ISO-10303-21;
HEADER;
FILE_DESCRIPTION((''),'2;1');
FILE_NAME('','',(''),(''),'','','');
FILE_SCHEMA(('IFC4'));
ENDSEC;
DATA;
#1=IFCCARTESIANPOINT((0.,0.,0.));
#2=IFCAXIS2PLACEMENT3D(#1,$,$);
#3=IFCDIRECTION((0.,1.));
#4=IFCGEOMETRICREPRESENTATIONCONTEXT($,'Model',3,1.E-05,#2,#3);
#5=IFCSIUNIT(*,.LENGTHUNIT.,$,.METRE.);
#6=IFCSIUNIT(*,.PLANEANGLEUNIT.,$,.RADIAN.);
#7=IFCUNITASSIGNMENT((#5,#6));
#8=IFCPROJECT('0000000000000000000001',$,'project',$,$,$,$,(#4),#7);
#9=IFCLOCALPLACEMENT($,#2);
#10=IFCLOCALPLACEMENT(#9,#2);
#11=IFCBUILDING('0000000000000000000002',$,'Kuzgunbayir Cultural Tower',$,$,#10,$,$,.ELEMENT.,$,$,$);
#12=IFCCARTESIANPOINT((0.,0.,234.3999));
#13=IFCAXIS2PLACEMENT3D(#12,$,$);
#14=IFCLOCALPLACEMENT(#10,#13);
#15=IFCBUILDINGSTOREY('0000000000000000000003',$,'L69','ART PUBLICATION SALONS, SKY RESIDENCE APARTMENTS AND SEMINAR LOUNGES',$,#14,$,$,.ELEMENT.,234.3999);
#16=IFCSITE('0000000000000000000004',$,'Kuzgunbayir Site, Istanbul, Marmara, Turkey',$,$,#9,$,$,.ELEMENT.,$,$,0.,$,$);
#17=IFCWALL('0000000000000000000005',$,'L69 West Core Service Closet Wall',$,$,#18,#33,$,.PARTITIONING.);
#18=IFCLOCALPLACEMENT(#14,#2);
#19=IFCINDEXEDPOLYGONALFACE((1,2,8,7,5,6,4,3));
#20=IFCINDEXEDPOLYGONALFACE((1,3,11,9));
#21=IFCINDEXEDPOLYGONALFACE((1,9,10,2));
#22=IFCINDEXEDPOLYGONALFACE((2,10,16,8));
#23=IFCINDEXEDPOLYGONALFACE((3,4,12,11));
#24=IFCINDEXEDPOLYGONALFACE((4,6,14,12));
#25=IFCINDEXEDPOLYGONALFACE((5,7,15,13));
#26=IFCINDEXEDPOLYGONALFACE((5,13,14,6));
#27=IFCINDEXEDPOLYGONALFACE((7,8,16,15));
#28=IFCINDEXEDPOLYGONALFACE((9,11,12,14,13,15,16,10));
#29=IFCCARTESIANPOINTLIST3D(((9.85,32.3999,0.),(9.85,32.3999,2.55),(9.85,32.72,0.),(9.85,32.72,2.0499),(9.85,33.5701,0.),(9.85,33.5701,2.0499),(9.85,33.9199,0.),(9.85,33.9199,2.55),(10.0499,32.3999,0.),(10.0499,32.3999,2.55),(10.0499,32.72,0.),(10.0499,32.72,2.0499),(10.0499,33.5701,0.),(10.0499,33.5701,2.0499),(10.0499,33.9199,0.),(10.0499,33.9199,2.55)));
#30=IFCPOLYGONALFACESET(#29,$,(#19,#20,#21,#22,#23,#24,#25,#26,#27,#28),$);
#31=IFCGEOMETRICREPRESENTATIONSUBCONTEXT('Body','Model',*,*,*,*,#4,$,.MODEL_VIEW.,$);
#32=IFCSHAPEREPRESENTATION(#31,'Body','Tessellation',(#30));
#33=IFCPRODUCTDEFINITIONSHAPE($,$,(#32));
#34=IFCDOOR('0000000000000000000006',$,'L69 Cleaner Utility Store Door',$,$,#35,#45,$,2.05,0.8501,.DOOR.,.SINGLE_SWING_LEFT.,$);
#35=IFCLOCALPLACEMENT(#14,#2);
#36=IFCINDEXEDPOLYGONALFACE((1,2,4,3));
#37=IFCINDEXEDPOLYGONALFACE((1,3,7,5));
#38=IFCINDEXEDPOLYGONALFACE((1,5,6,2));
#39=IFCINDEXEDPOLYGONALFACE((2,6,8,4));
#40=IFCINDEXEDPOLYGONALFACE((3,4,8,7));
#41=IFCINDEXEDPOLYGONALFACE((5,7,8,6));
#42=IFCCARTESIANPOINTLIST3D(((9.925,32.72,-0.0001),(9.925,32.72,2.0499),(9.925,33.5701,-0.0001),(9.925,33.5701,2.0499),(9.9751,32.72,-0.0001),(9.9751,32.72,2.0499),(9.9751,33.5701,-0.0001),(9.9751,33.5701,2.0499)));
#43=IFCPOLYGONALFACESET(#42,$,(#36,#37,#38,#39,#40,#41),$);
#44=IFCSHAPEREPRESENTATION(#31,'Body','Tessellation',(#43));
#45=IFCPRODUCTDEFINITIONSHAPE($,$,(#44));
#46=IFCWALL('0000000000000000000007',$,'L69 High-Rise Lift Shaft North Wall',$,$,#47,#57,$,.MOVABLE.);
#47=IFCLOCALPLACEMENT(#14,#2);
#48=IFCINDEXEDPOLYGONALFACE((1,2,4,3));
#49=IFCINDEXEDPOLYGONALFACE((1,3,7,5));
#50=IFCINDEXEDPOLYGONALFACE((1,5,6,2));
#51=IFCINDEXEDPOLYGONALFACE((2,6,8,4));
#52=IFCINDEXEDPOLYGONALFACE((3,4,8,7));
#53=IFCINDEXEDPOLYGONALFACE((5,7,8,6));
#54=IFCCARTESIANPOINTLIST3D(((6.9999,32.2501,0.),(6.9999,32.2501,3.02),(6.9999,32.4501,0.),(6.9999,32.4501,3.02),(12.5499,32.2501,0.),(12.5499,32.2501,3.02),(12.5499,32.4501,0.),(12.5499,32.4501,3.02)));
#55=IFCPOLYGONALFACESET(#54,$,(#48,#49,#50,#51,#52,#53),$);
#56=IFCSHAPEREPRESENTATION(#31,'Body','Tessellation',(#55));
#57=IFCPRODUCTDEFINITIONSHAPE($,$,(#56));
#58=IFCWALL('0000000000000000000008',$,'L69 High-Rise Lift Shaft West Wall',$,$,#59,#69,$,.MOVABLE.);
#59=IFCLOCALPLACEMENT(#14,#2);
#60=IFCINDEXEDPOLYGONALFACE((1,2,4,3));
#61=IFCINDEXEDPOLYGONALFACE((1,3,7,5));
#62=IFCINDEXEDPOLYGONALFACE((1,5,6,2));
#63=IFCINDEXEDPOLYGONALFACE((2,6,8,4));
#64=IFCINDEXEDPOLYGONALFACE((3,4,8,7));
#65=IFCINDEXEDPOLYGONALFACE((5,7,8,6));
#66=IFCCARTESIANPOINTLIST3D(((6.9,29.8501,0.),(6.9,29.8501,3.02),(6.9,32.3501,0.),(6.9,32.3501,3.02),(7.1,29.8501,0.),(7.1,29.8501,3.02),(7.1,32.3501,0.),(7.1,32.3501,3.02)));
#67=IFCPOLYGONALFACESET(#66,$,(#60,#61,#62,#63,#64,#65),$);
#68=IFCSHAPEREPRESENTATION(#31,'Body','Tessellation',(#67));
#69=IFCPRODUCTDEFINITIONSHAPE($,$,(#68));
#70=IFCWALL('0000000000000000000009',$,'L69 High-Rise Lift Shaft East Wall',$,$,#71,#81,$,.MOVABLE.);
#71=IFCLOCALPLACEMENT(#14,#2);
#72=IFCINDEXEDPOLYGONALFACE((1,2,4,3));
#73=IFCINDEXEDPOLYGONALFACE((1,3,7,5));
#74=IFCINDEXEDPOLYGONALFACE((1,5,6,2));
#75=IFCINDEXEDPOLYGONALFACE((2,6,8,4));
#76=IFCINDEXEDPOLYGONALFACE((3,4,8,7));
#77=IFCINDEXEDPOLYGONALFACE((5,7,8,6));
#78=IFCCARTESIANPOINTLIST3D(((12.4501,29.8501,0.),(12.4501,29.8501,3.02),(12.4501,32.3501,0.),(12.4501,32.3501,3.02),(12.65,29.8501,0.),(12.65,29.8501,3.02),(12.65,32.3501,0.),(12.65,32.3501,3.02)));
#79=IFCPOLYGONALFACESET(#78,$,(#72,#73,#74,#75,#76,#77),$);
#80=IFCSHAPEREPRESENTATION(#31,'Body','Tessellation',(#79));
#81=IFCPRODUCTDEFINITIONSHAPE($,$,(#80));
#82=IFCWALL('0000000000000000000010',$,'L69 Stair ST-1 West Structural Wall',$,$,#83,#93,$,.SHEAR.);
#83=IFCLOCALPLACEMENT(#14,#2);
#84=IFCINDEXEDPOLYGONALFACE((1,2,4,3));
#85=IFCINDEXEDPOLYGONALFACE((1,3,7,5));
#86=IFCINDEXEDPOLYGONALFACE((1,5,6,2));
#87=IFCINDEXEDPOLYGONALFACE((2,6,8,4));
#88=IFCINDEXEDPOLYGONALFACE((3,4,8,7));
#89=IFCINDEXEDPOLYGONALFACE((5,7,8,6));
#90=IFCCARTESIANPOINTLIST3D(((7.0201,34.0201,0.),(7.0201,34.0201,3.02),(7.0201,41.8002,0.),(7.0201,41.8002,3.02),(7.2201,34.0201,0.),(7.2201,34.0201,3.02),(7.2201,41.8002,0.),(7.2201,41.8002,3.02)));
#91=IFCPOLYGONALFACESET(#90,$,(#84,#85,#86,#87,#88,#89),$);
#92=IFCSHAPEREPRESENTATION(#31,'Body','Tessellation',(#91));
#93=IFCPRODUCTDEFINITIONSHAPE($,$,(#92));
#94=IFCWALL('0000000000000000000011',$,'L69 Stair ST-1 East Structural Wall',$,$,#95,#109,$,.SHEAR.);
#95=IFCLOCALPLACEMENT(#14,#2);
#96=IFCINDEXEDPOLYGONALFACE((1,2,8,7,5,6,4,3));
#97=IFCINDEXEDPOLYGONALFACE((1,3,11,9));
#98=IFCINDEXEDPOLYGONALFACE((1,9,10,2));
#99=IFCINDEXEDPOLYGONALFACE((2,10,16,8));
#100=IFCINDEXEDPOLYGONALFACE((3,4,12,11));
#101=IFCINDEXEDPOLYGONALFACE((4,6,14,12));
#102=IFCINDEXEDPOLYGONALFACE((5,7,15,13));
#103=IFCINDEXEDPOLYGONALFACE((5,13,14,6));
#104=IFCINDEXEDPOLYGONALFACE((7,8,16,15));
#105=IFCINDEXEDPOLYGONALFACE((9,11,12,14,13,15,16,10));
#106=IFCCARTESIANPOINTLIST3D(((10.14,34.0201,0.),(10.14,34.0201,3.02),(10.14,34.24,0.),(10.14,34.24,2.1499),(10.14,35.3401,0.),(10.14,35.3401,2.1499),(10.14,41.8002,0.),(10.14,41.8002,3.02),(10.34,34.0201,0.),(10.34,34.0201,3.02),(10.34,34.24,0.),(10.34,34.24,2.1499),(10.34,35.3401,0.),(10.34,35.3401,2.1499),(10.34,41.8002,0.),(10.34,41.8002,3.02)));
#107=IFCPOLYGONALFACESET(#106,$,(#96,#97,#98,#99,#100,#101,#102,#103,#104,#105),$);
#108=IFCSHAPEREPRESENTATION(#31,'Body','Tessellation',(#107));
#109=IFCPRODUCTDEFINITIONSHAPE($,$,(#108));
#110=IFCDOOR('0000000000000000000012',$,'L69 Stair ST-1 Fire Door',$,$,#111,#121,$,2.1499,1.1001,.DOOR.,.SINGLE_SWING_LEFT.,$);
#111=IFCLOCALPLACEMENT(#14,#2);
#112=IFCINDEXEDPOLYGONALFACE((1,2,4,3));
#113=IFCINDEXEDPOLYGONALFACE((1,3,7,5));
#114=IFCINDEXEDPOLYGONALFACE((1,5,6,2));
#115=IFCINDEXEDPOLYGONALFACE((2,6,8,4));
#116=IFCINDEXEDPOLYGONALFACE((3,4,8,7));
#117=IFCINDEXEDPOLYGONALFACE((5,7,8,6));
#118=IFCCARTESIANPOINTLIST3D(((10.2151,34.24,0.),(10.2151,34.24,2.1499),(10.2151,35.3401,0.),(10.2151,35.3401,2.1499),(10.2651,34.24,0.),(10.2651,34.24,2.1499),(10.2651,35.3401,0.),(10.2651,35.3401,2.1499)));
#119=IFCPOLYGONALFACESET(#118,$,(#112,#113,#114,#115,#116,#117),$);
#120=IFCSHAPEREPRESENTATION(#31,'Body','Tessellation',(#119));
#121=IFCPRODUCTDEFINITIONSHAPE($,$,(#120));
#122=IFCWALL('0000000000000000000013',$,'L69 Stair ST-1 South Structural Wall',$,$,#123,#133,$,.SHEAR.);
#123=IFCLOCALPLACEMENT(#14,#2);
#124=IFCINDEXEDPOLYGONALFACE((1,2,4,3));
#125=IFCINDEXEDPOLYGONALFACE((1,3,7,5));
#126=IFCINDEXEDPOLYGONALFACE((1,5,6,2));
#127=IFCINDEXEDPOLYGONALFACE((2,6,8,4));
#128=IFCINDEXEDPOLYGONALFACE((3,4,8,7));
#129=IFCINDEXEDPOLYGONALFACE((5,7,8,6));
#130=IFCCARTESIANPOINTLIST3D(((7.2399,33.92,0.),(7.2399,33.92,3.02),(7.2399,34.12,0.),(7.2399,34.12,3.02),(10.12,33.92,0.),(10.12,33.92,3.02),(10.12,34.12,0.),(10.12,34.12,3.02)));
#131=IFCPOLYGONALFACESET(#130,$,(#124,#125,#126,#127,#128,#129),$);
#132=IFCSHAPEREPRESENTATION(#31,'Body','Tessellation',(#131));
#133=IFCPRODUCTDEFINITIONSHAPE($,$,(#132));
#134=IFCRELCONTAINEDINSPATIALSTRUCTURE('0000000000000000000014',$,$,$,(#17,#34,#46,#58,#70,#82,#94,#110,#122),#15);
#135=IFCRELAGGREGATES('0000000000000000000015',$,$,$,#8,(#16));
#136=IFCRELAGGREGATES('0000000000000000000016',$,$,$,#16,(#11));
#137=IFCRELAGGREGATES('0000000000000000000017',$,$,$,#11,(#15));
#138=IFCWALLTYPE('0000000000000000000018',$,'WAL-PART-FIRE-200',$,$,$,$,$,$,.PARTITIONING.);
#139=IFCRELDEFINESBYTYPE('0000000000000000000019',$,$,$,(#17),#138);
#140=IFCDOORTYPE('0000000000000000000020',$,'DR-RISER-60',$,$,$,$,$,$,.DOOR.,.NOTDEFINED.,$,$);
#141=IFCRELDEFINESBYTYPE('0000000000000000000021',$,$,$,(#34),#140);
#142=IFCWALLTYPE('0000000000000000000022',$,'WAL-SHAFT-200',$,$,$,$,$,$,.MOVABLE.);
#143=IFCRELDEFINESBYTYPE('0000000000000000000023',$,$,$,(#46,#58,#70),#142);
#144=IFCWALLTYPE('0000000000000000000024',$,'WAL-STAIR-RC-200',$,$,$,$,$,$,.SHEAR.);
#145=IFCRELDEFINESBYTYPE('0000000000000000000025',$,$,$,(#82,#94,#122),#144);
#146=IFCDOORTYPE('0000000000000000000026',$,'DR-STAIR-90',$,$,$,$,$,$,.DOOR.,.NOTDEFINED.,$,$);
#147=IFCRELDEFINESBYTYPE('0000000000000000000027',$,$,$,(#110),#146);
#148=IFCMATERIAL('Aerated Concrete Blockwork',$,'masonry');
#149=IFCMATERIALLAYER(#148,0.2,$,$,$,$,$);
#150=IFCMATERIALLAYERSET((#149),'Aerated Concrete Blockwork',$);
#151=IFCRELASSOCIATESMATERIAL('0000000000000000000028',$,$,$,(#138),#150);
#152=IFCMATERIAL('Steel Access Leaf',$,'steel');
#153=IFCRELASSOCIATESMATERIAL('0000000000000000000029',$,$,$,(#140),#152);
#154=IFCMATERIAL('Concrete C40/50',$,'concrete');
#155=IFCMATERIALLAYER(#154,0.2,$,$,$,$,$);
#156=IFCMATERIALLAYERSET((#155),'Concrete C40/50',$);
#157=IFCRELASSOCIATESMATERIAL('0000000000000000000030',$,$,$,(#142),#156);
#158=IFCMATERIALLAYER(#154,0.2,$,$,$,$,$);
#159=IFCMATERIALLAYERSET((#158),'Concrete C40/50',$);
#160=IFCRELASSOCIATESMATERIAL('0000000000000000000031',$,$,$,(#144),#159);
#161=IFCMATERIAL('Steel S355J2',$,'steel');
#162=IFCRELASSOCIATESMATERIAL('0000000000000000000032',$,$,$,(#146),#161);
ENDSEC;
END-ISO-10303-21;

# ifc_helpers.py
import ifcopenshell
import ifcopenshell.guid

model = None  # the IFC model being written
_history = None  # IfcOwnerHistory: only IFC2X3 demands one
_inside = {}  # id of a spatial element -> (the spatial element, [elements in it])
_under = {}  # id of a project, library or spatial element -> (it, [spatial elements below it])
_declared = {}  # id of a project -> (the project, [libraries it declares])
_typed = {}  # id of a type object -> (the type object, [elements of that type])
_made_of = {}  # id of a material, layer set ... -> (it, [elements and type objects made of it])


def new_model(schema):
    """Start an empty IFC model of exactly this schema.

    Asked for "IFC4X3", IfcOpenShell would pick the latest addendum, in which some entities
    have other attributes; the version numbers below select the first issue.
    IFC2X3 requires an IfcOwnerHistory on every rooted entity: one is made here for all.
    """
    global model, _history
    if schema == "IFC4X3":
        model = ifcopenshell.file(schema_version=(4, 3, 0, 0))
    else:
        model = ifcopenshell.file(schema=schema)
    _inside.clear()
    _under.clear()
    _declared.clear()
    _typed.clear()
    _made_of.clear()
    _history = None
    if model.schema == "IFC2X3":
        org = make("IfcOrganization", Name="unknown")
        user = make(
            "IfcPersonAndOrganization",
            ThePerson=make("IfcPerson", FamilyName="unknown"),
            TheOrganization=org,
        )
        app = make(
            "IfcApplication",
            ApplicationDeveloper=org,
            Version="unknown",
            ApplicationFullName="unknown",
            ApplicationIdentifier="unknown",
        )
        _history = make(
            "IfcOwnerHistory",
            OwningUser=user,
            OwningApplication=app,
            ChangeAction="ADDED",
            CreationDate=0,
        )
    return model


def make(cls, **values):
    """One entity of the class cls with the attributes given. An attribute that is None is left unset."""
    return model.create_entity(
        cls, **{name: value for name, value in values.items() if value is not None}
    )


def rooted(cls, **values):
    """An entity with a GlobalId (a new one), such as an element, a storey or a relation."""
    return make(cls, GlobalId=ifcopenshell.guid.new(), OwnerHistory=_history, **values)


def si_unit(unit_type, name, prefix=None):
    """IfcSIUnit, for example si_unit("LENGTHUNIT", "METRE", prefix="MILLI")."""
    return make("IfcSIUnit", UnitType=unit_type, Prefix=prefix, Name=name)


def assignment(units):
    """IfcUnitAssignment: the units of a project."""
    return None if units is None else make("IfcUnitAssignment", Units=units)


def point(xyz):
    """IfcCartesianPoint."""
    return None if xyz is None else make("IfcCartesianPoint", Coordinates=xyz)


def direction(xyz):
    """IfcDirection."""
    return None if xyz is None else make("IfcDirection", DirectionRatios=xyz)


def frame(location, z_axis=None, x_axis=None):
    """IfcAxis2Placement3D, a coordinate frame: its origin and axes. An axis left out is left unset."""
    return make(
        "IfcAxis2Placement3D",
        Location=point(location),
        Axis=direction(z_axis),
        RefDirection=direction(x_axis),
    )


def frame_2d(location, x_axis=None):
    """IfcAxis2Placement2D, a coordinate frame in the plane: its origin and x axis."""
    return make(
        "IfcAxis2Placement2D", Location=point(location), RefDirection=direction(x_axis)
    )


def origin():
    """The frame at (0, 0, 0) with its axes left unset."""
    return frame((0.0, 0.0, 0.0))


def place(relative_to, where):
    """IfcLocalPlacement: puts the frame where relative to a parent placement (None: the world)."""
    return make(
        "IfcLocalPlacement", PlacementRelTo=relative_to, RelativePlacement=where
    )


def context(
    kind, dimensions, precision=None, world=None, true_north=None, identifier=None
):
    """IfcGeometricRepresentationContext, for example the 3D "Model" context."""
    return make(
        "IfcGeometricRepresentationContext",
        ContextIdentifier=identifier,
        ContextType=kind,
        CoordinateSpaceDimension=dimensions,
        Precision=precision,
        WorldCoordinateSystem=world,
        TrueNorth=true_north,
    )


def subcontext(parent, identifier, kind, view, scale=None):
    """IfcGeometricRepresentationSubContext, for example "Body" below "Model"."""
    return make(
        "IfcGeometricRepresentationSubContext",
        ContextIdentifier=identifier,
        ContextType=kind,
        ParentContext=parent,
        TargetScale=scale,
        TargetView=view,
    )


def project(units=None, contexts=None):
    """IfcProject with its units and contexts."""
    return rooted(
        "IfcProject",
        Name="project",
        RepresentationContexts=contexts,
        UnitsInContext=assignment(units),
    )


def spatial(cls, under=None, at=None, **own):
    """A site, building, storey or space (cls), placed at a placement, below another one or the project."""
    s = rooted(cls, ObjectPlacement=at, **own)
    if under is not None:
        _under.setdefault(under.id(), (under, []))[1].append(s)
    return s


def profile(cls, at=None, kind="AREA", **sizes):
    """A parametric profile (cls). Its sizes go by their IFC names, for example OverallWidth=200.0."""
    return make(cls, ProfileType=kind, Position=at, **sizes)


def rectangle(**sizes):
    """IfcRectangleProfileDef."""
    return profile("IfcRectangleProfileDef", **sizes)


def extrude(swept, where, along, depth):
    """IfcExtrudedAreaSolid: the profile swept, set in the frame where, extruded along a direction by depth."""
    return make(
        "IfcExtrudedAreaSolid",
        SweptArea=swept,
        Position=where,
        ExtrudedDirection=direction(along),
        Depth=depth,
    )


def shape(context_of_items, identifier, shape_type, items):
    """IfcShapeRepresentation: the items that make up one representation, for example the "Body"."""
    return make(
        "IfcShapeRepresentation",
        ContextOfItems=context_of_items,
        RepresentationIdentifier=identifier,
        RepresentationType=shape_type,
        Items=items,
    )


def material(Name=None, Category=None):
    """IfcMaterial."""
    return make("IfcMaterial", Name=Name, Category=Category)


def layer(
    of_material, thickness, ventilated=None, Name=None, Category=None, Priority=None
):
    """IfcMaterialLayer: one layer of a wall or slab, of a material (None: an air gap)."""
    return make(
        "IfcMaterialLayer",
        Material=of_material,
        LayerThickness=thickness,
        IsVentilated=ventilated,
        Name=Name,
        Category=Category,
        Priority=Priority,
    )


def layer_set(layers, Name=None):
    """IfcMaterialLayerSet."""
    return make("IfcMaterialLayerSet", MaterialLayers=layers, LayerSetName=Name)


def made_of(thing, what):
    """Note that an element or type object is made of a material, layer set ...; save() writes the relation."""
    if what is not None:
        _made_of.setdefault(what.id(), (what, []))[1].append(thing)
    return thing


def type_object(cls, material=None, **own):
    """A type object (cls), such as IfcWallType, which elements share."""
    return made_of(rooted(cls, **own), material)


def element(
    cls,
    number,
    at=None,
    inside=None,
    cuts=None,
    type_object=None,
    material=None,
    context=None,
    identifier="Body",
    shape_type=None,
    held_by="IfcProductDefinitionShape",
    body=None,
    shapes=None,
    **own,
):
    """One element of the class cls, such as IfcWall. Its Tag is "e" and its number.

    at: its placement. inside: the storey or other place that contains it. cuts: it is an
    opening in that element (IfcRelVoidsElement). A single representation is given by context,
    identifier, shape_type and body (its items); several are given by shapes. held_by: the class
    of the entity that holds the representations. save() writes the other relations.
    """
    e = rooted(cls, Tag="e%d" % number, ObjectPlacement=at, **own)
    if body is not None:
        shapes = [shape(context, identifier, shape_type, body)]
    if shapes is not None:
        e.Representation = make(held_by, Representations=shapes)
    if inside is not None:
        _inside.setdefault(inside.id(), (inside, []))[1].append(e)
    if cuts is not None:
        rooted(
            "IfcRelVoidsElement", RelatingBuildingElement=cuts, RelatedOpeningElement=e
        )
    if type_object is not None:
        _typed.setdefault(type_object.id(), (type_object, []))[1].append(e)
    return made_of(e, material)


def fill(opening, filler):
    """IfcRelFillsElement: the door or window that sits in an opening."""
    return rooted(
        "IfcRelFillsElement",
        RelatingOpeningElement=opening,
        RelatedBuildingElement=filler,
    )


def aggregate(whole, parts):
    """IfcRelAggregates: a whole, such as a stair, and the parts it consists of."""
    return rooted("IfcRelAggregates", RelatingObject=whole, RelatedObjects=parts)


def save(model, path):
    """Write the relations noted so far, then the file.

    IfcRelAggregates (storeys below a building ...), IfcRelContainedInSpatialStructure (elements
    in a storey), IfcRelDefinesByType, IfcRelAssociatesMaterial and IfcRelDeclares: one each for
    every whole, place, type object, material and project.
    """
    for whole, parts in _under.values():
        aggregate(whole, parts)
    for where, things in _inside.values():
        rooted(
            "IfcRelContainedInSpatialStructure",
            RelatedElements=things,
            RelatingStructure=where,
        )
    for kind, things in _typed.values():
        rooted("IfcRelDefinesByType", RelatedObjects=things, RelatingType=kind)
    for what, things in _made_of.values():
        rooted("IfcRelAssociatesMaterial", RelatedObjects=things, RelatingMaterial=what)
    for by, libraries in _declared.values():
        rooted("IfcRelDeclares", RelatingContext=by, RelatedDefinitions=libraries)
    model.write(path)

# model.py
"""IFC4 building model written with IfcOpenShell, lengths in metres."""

from ifc_helpers import new_model, si_unit, direction, frame, frame_2d, origin, place, context, subcontext, project, spatial, rectangle, extrude, material, layer, layer_set, type_object, element, fill, save


model = new_model("IFC4")

# Units and contexts
model_context = context("Model", 3, precision=1e-05, world=origin(), true_north=direction((0.0, 1.0)))
body_context = subcontext(model_context, "Body", "Model", "MODEL_VIEW")
ifc_project = project(units=[si_unit("LENGTHUNIT", "METRE"), si_unit("PLANEANGLEUNIT", "RADIAN")], contexts=[model_context])

# Site, building, storey
site_placement = place(None, origin())
site = spatial("IfcSite", under=ifc_project, at=site_placement, Name="Kuzgunbayir Site, Istanbul, Marmara, Turkey", CompositionType="ELEMENT", RefElevation=0.0)
building_placement = place(site_placement, origin())
building = spatial("IfcBuilding", under=site, at=building_placement, Name="Kuzgunbayir Cultural Tower", CompositionType="ELEMENT")
storey_placement = place(building_placement, frame((0.0, 0.0, 234.3999)))
storey = spatial("IfcBuildingStorey", under=building, at=storey_placement, Name="L69", Description="ART PUBLICATION SALONS, SKY RESIDENCE APARTMENTS AND SEMINAR LOUNGES", CompositionType="ELEMENT", Elevation=234.3999)

# Shared definitions
ifc_material_1 = material(Name="Steel S355J2", Category="steel")

# Shared definitions
ifc_material_2 = material(Name="Aerated Concrete Blockwork", Category="masonry")
ifc_layer_1 = layer(ifc_material_2, 0.2)
ifc_layer_set_1 = layer_set([ifc_layer_1], Name="Aerated Concrete Blockwork")
wall_type_1 = type_object("IfcWallType", Name="WAL-PART-FIRE-200", PredefinedType="PARTITIONING", material=ifc_layer_set_1)

# Wall, opening, door
wall_1_placement = place(storey_placement, frame((9.95, 32.3999, 0.0), z_axis=(0.0, 0.0, 1.0), x_axis=(0.0, 1.0, 0.0)))
wall_1 = element("IfcWall", 1, at=wall_1_placement, inside=storey, type_object=wall_type_1, Name="L69 West Core Service Closet Wall", PredefinedType="PARTITIONING", context=body_context, shape_type="SweptSolid", body=[
    extrude(rectangle(XDim=1.52, YDim=0.2, at=frame_2d((0.76, 0.0))), origin(), (0.0, 0.0, 1.0), 2.55),
])
opening_1_placement = place(wall_1_placement, frame((0.3201, 0.0, 0.0)))
opening_1 = element("IfcOpeningElement", 2, at=opening_1_placement, cuts=wall_1, PredefinedType="OPENING", context=body_context, shape_type="SweptSolid", body=[
    extrude(rectangle(XDim=0.8501, YDim=2.05, at=frame_2d((0.425, 1.0249))), frame((0.0, 0.1099, 0.0), z_axis=(0.0, -1.0, 0.0), x_axis=(1.0, 0.0, 0.0)), (0.0, 0.0, 1.0), 0.22),
])
ifc_material_3 = material(Name="Steel Access Leaf", Category="steel")
door_type_1 = type_object("IfcDoorType", Name="DR-RISER-60", OperationType="NOTDEFINED", PredefinedType="DOOR", material=ifc_material_3)
door_1_placement = place(opening_1_placement, origin())
door_1 = element("IfcDoor", 3, at=door_1_placement, inside=storey, type_object=door_type_1, Name="L69 Cleaner Utility Store Door", OperationType="SINGLE_SWING_LEFT", OverallHeight=2.05, OverallWidth=0.8501, PredefinedType="DOOR", context=body_context, shape_type="SweptSolid", body=[
    extrude(rectangle(XDim=0.8501, YDim=2.05, at=frame_2d((0.425, 1.0249))), frame((0.0, 0.0249, 0.0), z_axis=(0.0, -1.0, 0.0), x_axis=(1.0, 0.0, 0.0)), (0.0, 0.0, 1.0), 0.05),
])
fill(opening_1, door_1)

# Shared definitions
ifc_material_4 = material(Name="Concrete C40/50", Category="concrete")
ifc_layer_2 = layer(ifc_material_4, 0.2)
ifc_layer_set_2 = layer_set([ifc_layer_2], Name="Concrete C40/50")
wall_type_2 = type_object("IfcWallType", Name="WAL-SHAFT-200", PredefinedType="MOVABLE", material=ifc_layer_set_2)

# Walls
wall_2_placement = place(storey_placement, frame((7.0, 32.3501, 0.0), z_axis=(0.0, 0.0, 1.0), x_axis=(1.0, 0.0, 0.0)))
element("IfcWall", 4, at=wall_2_placement, inside=storey, type_object=wall_type_2, Name="L69 High-Rise Lift Shaft North Wall", PredefinedType="MOVABLE", context=body_context, shape_type="SweptSolid", body=[
    extrude(rectangle(XDim=5.55, YDim=0.2, at=frame_2d((2.7749, 0.0))), origin(), (0.0, 0.0, 1.0), 3.02),
])
for number, where, z_axis, x_axis, name in (
    (5, (7.0, 29.8501, 0.0), (0.0, 0.0, 1.0), (0.0, 1.0, 0.0), "L69 High-Rise Lift Shaft West Wall"),
    (6, (12.55, 29.8501, 0.0), (0.0, 0.0, 1.0), (0.0, 1.0, 0.0), "L69 High-Rise Lift Shaft East Wall"),
):
    element("IfcWall", number, at=place(storey_placement, frame(where, z_axis=z_axis, x_axis=x_axis)), inside=storey, type_object=wall_type_2, Name=name, PredefinedType="MOVABLE", context=body_context, shape_type="SweptSolid", body=[
        extrude(rectangle(XDim=2.5, YDim=0.2, at=frame_2d((1.25, 0.0))), origin(), (0.0, 0.0, 1.0), 3.02),
    ])
ifc_layer_3 = layer(ifc_material_4, 0.2)
ifc_layer_set_3 = layer_set([ifc_layer_3], Name="Concrete C40/50")
wall_type_3 = type_object("IfcWallType", Name="WAL-STAIR-RC-200", PredefinedType="SHEAR", material=ifc_layer_set_3)
wall_3_placement = place(storey_placement, frame((7.1201, 34.02, 0.0), z_axis=(0.0, 0.0, 1.0), x_axis=(0.0, 1.0, 0.0)))
element("IfcWall", 7, at=wall_3_placement, inside=storey, type_object=wall_type_3, Name="L69 Stair ST-1 West Structural Wall", PredefinedType="SHEAR", context=body_context, shape_type="SweptSolid", body=[
    extrude(rectangle(XDim=7.78, YDim=0.2, at=frame_2d((3.8901, 0.0))), origin(), (0.0, 0.0, 1.0), 3.02),
])

# Wall, opening, door
wall_4_placement = place(storey_placement, frame((10.24, 34.02, 0.0), z_axis=(0.0, 0.0, 1.0), x_axis=(0.0, 1.0, 0.0)))
wall_4 = element("IfcWall", 8, at=wall_4_placement, inside=storey, type_object=wall_type_3, Name="L69 Stair ST-1 East Structural Wall", PredefinedType="SHEAR", context=body_context, shape_type="SweptSolid", body=[
    extrude(rectangle(XDim=7.78, YDim=0.2, at=frame_2d((3.8901, 0.0))), origin(), (0.0, 0.0, 1.0), 3.02),
])
opening_2_placement = place(wall_4_placement, frame((0.22, 0.0, 0.0)))
opening_2 = element("IfcOpeningElement", 9, at=opening_2_placement, cuts=wall_4, PredefinedType="OPENING", context=body_context, shape_type="SweptSolid", body=[
    extrude(rectangle(XDim=1.1001, YDim=2.1499, at=frame_2d((0.55, 1.075))), frame((0.0, 0.1099, 0.0), z_axis=(0.0, -1.0, 0.0), x_axis=(1.0, 0.0, 0.0)), (0.0, 0.0, 1.0), 0.22),
])
door_type_2 = type_object("IfcDoorType", Name="DR-STAIR-90", OperationType="NOTDEFINED", PredefinedType="DOOR", material=ifc_material_1)
door_2_placement = place(opening_2_placement, origin())
door_2 = element("IfcDoor", 10, at=door_2_placement, inside=storey, type_object=door_type_2, Name="L69 Stair ST-1 Fire Door", OperationType="SINGLE_SWING_LEFT", OverallHeight=2.1499, OverallWidth=1.1001, PredefinedType="DOOR", context=body_context, shape_type="SweptSolid", body=[
    extrude(rectangle(XDim=1.1001, YDim=2.1499, at=frame_2d((0.55, 1.075))), frame((0.0, 0.0249, 0.0), z_axis=(0.0, -1.0, 0.0), x_axis=(1.0, 0.0, 0.0)), (0.0, 0.0, 1.0), 0.05),
])
fill(opening_2, door_2)

# Wall
wall_5_placement = place(storey_placement, frame((7.24, 34.02, 0.0), z_axis=(0.0, 0.0, 1.0), x_axis=(1.0, 0.0, 0.0)))
element("IfcWall", 11, at=wall_5_placement, inside=storey, type_object=wall_type_3, Name="L69 Stair ST-1 South Structural Wall", PredefinedType="SHEAR", context=body_context, shape_type="SweptSolid", body=[
    extrude(rectangle(XDim=2.8801, YDim=0.2, at=frame_2d((1.4399, 0.0))), origin(), (0.0, 0.0, 1.0), 3.02),
])

save(model, "model.ifc")
